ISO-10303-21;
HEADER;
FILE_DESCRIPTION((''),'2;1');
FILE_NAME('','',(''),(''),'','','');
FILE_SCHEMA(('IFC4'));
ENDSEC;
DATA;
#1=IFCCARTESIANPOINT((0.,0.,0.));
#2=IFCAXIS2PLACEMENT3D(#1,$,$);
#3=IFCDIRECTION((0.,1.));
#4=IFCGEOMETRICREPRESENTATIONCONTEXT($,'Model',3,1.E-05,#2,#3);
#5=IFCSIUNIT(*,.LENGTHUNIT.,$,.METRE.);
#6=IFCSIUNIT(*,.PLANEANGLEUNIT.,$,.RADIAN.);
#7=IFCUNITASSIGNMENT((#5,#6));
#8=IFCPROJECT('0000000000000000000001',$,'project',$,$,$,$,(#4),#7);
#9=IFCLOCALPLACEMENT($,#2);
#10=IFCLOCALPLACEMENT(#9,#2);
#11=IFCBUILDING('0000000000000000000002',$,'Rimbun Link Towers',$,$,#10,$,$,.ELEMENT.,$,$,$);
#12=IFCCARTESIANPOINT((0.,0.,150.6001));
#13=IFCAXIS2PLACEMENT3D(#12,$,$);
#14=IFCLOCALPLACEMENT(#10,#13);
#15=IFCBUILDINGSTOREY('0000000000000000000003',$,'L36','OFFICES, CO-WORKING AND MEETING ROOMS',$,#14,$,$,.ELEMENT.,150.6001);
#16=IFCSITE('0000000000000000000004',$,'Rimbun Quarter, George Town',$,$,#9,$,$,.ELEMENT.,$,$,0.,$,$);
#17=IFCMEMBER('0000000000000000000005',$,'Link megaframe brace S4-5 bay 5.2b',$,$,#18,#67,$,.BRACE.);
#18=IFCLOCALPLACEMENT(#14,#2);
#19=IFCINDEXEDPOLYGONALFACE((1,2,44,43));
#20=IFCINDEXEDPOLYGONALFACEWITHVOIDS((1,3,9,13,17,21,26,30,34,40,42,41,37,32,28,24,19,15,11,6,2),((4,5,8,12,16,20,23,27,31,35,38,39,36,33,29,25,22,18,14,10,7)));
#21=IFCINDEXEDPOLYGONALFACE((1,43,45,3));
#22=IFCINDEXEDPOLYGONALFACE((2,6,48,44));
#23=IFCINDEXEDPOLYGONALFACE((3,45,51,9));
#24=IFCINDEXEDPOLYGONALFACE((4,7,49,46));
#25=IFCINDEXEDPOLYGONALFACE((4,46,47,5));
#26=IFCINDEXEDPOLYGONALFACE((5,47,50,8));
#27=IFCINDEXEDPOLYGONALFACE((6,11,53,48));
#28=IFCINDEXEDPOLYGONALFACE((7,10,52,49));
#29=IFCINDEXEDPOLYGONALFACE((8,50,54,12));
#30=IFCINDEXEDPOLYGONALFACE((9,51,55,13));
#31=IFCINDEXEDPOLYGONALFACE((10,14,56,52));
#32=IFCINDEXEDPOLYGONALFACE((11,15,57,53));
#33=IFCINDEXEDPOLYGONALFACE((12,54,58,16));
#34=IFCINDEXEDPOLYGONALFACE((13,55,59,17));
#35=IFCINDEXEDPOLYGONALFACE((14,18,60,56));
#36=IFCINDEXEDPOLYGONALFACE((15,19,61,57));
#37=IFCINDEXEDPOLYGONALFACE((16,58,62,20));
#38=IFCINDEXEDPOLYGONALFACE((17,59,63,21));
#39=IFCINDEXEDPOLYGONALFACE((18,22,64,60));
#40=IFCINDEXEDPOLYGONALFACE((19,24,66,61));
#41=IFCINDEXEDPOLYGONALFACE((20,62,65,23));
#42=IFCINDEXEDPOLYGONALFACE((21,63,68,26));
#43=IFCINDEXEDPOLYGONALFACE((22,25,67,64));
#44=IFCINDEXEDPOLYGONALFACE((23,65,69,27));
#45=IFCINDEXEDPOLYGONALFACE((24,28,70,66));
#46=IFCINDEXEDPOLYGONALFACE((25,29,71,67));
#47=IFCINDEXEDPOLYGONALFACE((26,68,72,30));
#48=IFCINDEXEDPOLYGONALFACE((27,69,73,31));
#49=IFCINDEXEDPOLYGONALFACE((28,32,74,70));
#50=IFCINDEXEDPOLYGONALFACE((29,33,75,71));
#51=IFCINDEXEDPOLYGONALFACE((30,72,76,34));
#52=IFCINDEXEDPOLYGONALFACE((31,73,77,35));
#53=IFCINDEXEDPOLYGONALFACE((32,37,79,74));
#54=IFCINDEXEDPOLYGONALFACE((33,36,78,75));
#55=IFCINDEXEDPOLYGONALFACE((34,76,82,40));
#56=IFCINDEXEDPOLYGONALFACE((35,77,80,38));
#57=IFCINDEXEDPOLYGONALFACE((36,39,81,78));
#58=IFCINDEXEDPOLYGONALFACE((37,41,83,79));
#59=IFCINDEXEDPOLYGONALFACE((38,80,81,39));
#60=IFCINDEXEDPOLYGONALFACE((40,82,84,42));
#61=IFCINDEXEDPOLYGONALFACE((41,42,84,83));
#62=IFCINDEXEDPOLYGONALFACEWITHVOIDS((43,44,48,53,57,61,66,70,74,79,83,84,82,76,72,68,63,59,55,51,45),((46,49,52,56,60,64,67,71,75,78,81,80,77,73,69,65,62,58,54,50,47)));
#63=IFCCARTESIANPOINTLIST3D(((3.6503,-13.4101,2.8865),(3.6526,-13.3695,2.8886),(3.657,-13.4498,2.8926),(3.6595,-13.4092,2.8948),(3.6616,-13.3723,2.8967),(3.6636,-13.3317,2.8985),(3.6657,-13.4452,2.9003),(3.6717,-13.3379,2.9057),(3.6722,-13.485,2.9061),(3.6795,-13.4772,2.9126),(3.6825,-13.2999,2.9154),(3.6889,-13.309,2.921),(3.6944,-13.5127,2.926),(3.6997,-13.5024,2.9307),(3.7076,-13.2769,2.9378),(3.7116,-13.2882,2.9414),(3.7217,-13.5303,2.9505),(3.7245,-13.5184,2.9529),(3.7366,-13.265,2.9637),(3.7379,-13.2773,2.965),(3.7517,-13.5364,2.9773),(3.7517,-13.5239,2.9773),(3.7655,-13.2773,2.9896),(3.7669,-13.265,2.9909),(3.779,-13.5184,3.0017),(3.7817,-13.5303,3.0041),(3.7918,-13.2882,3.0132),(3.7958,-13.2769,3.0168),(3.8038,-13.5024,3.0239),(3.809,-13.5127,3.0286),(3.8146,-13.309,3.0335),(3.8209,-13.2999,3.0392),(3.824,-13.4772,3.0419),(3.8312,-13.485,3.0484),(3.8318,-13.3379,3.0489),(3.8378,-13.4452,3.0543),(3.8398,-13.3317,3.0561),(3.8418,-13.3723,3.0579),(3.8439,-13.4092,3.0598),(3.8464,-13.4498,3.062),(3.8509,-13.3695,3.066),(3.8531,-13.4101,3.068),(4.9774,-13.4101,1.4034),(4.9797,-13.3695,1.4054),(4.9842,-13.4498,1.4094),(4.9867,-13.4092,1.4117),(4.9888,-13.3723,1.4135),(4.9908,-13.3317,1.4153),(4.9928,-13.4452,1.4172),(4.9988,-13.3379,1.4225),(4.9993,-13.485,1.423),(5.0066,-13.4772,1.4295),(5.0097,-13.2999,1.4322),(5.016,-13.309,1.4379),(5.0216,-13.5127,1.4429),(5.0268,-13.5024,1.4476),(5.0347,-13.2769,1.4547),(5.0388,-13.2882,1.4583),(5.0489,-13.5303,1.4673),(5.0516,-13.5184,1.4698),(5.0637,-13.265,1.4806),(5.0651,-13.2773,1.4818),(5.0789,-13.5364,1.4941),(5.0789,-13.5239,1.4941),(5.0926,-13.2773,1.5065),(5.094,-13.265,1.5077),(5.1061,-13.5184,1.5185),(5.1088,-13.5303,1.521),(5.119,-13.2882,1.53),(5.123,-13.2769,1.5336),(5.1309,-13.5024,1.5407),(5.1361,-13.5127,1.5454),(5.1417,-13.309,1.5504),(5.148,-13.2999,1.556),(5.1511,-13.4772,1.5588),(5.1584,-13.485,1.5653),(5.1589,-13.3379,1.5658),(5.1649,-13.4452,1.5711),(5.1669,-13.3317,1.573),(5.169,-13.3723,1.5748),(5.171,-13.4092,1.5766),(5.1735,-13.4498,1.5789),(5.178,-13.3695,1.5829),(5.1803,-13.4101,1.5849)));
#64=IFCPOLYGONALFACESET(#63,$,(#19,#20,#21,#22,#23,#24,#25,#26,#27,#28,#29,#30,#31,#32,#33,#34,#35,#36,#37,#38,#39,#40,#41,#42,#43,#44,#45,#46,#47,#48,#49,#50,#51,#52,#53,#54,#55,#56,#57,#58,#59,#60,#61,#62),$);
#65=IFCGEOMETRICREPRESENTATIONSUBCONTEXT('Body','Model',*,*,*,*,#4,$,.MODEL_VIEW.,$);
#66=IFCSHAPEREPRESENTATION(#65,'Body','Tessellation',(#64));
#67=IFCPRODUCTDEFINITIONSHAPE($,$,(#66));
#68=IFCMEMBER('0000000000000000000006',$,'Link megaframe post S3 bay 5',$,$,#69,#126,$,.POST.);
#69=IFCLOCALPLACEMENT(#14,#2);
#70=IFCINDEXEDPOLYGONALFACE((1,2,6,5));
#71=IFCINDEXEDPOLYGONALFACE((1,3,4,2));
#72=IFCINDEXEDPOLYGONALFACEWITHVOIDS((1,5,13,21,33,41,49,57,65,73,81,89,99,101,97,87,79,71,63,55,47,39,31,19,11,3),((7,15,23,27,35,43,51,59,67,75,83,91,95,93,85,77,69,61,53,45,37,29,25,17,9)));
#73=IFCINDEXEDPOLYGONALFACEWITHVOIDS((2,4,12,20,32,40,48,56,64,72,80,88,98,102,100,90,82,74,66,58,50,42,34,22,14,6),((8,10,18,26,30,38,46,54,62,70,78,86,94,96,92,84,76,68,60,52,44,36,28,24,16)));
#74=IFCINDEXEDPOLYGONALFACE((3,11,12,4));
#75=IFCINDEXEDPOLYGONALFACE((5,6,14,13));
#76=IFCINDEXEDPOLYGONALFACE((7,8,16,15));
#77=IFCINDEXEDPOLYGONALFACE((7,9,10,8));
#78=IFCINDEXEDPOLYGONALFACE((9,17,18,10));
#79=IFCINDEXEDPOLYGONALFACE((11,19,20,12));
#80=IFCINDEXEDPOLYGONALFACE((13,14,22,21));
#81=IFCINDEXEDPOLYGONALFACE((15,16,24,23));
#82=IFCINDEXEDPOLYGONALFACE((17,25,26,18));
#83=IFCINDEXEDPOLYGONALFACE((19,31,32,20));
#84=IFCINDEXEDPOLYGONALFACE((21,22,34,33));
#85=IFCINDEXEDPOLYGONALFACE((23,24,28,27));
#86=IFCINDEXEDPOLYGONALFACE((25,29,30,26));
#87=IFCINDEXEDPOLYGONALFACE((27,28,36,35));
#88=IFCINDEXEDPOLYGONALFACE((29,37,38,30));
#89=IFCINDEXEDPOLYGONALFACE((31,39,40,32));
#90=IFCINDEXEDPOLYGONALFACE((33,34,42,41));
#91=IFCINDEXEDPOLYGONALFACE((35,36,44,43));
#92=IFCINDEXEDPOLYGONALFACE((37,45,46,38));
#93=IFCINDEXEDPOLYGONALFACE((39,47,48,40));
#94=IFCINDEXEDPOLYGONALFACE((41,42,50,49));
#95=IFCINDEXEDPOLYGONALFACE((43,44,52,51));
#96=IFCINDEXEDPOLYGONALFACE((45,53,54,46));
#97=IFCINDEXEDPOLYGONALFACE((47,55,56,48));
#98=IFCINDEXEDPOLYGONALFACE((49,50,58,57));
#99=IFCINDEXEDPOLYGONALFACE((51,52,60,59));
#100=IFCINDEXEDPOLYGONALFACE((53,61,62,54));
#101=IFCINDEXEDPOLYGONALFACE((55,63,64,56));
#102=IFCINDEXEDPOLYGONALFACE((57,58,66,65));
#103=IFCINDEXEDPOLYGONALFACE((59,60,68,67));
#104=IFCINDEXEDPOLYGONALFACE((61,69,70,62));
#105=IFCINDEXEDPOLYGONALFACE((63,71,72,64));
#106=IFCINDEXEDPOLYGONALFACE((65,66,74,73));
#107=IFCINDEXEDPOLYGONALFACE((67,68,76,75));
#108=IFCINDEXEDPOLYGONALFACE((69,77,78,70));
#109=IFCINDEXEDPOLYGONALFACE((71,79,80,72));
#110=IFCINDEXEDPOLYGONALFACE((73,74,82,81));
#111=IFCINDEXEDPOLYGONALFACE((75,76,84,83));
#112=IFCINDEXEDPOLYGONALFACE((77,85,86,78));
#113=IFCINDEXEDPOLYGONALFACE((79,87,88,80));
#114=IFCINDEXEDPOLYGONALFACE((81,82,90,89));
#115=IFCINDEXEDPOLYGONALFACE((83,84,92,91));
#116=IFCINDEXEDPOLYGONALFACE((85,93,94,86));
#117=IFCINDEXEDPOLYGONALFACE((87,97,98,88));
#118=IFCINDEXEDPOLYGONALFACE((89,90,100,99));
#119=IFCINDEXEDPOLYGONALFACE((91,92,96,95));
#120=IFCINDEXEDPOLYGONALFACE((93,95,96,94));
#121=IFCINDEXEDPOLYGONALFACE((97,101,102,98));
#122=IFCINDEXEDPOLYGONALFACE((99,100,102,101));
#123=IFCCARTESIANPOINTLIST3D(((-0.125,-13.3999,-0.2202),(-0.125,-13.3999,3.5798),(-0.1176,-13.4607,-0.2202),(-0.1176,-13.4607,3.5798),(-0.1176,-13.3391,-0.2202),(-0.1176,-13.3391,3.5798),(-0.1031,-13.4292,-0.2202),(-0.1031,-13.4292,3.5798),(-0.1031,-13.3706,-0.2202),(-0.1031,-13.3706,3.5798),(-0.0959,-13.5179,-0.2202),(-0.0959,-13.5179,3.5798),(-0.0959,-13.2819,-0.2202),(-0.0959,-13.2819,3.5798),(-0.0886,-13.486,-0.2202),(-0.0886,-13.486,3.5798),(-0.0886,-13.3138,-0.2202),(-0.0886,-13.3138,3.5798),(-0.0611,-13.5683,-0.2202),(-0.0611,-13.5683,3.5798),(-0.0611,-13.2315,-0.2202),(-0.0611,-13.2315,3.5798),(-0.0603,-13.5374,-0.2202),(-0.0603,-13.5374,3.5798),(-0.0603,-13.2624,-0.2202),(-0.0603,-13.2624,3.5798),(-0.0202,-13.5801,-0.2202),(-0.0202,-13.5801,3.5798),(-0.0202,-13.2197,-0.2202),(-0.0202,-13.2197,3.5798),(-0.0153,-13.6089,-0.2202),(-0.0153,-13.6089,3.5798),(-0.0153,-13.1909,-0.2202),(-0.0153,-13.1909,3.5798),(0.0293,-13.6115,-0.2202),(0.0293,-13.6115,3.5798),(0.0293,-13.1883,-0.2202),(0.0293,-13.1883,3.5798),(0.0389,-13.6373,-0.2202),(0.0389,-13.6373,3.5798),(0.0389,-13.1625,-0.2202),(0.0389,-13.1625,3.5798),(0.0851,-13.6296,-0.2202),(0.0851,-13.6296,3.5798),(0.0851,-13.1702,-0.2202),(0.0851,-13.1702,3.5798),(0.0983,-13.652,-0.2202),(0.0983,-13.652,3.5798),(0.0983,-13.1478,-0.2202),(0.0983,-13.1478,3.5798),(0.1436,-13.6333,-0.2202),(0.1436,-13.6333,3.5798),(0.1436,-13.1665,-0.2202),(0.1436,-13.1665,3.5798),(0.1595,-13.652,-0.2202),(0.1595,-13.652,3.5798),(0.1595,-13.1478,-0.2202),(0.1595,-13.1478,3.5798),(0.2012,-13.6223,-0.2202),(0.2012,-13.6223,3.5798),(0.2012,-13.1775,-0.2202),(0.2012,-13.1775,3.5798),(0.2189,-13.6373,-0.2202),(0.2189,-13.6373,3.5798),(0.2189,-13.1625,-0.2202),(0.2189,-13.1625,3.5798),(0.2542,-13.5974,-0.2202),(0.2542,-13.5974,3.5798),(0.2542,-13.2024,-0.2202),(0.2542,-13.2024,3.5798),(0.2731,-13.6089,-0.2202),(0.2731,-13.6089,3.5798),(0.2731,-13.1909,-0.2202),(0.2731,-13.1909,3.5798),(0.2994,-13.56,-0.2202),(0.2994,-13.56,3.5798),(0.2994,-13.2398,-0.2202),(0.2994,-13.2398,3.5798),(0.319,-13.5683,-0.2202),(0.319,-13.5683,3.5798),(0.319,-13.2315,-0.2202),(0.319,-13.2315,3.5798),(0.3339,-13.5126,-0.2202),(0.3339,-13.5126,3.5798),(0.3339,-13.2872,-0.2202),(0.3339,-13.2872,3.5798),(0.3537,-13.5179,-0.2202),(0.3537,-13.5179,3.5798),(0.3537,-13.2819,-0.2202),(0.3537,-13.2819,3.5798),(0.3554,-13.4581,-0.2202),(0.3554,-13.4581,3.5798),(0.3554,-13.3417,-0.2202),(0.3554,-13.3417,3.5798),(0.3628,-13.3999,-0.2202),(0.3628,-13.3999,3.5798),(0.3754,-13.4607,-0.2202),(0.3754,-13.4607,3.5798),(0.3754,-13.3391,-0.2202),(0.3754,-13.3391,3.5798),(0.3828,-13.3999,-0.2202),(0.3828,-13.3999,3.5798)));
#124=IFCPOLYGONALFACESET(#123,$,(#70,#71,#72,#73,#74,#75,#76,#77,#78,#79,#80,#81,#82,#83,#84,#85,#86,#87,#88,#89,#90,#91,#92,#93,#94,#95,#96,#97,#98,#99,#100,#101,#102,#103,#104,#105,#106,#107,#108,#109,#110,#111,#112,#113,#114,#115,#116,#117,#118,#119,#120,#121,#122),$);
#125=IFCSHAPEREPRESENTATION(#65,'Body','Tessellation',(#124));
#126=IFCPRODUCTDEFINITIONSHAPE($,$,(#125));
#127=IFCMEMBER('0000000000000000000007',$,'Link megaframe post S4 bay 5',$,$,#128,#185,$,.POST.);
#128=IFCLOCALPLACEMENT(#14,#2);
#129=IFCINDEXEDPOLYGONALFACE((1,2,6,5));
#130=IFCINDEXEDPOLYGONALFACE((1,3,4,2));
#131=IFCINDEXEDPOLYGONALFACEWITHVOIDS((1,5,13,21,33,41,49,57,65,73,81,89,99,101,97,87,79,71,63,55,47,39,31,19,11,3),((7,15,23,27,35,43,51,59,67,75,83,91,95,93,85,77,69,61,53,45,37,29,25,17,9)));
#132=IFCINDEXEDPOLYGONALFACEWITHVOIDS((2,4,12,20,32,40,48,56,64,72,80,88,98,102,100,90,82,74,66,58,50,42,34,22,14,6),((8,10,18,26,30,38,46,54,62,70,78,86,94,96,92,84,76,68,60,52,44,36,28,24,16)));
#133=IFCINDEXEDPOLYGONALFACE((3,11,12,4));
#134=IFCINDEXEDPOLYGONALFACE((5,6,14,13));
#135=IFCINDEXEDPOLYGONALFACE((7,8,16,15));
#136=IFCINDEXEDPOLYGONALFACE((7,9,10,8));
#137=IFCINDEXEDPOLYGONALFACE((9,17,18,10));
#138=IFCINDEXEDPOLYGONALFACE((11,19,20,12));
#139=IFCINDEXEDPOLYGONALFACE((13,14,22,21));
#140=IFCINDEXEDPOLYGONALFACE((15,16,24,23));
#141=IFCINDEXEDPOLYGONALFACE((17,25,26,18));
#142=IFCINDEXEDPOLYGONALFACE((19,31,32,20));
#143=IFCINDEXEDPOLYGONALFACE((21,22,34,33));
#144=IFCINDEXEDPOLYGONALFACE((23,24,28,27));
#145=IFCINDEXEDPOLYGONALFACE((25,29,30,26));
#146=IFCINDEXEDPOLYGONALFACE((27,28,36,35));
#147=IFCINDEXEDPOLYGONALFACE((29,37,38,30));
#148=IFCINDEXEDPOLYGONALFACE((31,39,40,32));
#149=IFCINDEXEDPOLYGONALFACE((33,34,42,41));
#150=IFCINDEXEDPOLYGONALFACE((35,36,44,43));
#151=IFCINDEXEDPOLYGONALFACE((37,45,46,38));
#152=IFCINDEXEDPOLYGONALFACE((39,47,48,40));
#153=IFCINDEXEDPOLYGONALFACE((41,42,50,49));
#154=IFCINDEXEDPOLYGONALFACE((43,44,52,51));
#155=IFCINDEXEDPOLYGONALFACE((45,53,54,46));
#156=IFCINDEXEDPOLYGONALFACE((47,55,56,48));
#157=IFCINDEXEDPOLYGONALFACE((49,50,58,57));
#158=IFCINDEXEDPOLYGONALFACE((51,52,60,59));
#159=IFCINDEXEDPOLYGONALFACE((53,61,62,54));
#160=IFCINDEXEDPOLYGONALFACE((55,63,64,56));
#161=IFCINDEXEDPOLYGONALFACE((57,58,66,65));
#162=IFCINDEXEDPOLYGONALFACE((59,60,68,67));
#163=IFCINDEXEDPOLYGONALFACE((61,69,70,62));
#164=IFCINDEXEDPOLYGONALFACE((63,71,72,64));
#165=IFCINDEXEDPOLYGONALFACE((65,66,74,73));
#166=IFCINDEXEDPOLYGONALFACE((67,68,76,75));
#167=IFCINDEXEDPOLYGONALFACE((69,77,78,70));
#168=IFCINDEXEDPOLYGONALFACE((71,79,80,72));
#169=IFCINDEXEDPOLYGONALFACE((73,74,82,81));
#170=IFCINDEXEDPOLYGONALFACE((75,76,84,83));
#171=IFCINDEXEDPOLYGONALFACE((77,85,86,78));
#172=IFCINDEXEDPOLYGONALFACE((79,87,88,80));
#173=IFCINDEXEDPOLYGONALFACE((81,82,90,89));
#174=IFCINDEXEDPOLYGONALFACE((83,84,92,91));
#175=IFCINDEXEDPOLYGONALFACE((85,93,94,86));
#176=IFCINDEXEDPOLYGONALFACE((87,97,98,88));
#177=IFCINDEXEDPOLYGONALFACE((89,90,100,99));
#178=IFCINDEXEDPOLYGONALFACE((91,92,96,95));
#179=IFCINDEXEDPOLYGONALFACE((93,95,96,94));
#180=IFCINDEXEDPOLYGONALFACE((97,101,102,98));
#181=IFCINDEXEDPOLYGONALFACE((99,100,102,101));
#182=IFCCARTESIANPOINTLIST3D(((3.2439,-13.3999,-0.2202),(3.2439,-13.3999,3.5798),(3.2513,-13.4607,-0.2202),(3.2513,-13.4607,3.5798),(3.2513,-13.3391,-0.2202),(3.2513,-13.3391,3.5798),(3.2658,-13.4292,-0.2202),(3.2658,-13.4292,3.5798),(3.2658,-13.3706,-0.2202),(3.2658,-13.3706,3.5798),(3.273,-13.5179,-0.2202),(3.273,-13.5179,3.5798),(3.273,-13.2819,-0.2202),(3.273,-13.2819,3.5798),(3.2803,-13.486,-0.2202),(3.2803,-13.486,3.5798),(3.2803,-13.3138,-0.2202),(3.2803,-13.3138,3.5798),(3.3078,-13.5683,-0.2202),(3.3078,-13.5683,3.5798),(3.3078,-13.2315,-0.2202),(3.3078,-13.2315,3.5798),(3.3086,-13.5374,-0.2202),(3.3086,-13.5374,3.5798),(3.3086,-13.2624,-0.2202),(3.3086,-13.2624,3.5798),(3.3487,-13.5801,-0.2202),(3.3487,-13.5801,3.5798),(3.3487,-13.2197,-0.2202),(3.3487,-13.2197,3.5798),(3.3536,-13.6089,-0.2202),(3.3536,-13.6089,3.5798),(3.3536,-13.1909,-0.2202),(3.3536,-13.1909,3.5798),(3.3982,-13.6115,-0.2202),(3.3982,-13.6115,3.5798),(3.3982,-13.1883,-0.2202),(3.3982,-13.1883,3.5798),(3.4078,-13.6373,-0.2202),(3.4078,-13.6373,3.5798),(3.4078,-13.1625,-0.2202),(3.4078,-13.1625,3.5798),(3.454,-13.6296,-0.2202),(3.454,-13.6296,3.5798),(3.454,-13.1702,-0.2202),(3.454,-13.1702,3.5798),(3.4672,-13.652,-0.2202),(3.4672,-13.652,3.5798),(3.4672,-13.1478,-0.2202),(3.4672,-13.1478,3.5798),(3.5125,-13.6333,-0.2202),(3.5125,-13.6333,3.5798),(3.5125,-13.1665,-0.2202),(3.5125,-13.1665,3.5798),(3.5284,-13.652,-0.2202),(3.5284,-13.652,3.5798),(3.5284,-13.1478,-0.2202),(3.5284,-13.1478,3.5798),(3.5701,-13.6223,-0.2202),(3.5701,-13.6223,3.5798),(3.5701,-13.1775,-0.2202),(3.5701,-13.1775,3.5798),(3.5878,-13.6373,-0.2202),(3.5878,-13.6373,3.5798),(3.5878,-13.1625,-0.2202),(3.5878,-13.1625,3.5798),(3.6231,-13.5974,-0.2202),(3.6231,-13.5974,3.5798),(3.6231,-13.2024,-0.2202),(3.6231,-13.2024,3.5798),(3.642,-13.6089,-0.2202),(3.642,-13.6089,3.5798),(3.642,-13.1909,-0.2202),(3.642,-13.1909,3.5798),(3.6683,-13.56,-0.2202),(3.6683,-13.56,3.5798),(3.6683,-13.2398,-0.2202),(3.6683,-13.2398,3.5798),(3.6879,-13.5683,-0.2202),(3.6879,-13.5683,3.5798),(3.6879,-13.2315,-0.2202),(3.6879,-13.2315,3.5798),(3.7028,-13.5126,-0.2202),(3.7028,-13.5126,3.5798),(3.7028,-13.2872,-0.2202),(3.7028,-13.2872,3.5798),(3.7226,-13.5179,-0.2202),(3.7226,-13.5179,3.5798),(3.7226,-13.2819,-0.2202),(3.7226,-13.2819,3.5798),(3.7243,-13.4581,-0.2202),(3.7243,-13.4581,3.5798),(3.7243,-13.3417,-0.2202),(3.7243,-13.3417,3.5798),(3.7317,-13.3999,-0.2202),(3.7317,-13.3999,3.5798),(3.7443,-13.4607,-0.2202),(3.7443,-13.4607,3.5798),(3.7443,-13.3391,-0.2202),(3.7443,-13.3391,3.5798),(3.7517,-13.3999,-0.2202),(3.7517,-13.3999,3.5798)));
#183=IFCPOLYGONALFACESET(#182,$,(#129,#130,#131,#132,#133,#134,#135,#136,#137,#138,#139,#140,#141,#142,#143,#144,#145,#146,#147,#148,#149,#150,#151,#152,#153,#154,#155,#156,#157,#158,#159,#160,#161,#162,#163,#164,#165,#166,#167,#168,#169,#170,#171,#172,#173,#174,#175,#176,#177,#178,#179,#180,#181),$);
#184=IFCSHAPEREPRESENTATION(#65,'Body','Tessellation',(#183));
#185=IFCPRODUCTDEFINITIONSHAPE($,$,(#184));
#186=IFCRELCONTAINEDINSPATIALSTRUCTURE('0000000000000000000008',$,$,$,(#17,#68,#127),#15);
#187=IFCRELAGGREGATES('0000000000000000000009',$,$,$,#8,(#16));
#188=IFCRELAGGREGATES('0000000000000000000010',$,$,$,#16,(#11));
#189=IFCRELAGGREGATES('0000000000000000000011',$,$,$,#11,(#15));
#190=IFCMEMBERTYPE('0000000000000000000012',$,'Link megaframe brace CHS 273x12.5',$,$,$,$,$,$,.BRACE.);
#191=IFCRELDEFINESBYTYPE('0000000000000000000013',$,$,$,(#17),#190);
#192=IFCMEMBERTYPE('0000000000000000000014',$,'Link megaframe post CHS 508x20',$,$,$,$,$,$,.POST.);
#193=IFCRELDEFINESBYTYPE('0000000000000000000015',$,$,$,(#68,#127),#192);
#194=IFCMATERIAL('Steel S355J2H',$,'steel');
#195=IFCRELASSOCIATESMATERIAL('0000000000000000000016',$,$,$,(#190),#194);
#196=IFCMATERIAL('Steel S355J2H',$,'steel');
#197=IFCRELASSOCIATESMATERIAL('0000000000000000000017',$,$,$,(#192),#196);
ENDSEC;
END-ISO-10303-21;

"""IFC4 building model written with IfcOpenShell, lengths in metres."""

from ifc_helpers import new_model, si_unit, direction, frame, origin, origin_2d, place, context, subcontext, project, spatial, hollow_circle, extrude, material, material_profile, profile_set, type_object, element, save


model = new_model("IFC4")

# Units and contexts
model_context = context("Model", 3, precision=1e-05, world=origin(), true_north=direction((0.0, 1.0)))
body_context = subcontext(model_context, "Body", "Model", "MODEL_VIEW")
ifc_project = project(units=[si_unit("LENGTHUNIT", "METRE"), si_unit("PLANEANGLEUNIT", "RADIAN")], contexts=[model_context])

# Site, building, storey
site_placement = place(None, origin())
site = spatial("IfcSite", under=ifc_project, at=site_placement, Name="Rimbun Quarter, George Town", CompositionType="ELEMENT", RefElevation=0.0)
building_placement = place(site_placement, origin())
building = spatial("IfcBuilding", under=site, at=building_placement, Name="Rimbun Link Towers", CompositionType="ELEMENT")
storey_placement = place(building_placement, frame((0.0, 0.0, 150.6001)))
storey = spatial("IfcBuildingStorey", under=building, at=storey_placement, Name="L36", Description="OFFICES, CO-WORKING AND MEETING ROOMS", CompositionType="ELEMENT", Elevation=150.6001)

# Members
ifc_material_1 = material(Name="Steel S355J2H", Category="steel")
ifc_material_profile_1 = material_profile(ifc_material_1, hollow_circle(Radius=0.1365, WallThickness=0.0125, at=origin_2d()), Name="CHS 273x12.5")
ifc_profile_set_1 = profile_set([ifc_material_profile_1], Name="Steel S355J2H")
member_type_1 = type_object("IfcMemberType", Name="Link megaframe brace CHS 273x12.5", PredefinedType="BRACE", material=ifc_profile_set_1)
member_1_placement = place(storey_placement, frame((5.0789, -13.3999, 1.4941), z_axis=(-0.666827, 0.0, 0.745212), x_axis=(0.0, -1.0, 0.0)))
element("IfcMember", 1, at=member_1_placement, inside=storey, type_object=member_type_1, Name="Link megaframe brace S4-5 bay 5.2b", PredefinedType="BRACE", context=body_context, shape_type="SweptSolid", body=[
    extrude(hollow_circle(Radius=0.1365, WallThickness=0.0125, at=origin_2d()), origin(), (0.0, 0.0, 1.0), 1.9902),
])
ifc_material_2 = material(Name="Steel S355J2H", Category="steel")
ifc_material_profile_2 = material_profile(ifc_material_2, hollow_circle(Radius=0.2539, WallThickness=0.02, at=origin_2d()), Name="CHS 508x20")
ifc_profile_set_2 = profile_set([ifc_material_profile_2], Name="Steel S355J2H")
member_type_2 = type_object("IfcMemberType", Name="Link megaframe post CHS 508x20", PredefinedType="POST", material=ifc_profile_set_2)
for number, where, z_axis, x_axis, name in (
    (2, (0.1289, -13.3999, -0.2202), (0.0, 0.0, 1.0), (1.0, 0.0, 0.0), "Link megaframe post S3 bay 5"),
    (3, (3.4978, -13.3999, -0.2202), (0.0, 0.0, 1.0), (1.0, 0.0, 0.0), "Link megaframe post S4 bay 5"),
):
    element("IfcMember", number, at=place(storey_placement, frame(where, z_axis=z_axis, x_axis=x_axis)), inside=storey, type_object=member_type_2, Name=name, PredefinedType="POST", context=body_context, shape_type="SweptSolid", body=[
        extrude(hollow_circle(Radius=0.2539, WallThickness=0.02, at=origin_2d()), origin(), (0.0, 0.0, 1.0), 3.8),
    ])

save(model, "model.ifc")
